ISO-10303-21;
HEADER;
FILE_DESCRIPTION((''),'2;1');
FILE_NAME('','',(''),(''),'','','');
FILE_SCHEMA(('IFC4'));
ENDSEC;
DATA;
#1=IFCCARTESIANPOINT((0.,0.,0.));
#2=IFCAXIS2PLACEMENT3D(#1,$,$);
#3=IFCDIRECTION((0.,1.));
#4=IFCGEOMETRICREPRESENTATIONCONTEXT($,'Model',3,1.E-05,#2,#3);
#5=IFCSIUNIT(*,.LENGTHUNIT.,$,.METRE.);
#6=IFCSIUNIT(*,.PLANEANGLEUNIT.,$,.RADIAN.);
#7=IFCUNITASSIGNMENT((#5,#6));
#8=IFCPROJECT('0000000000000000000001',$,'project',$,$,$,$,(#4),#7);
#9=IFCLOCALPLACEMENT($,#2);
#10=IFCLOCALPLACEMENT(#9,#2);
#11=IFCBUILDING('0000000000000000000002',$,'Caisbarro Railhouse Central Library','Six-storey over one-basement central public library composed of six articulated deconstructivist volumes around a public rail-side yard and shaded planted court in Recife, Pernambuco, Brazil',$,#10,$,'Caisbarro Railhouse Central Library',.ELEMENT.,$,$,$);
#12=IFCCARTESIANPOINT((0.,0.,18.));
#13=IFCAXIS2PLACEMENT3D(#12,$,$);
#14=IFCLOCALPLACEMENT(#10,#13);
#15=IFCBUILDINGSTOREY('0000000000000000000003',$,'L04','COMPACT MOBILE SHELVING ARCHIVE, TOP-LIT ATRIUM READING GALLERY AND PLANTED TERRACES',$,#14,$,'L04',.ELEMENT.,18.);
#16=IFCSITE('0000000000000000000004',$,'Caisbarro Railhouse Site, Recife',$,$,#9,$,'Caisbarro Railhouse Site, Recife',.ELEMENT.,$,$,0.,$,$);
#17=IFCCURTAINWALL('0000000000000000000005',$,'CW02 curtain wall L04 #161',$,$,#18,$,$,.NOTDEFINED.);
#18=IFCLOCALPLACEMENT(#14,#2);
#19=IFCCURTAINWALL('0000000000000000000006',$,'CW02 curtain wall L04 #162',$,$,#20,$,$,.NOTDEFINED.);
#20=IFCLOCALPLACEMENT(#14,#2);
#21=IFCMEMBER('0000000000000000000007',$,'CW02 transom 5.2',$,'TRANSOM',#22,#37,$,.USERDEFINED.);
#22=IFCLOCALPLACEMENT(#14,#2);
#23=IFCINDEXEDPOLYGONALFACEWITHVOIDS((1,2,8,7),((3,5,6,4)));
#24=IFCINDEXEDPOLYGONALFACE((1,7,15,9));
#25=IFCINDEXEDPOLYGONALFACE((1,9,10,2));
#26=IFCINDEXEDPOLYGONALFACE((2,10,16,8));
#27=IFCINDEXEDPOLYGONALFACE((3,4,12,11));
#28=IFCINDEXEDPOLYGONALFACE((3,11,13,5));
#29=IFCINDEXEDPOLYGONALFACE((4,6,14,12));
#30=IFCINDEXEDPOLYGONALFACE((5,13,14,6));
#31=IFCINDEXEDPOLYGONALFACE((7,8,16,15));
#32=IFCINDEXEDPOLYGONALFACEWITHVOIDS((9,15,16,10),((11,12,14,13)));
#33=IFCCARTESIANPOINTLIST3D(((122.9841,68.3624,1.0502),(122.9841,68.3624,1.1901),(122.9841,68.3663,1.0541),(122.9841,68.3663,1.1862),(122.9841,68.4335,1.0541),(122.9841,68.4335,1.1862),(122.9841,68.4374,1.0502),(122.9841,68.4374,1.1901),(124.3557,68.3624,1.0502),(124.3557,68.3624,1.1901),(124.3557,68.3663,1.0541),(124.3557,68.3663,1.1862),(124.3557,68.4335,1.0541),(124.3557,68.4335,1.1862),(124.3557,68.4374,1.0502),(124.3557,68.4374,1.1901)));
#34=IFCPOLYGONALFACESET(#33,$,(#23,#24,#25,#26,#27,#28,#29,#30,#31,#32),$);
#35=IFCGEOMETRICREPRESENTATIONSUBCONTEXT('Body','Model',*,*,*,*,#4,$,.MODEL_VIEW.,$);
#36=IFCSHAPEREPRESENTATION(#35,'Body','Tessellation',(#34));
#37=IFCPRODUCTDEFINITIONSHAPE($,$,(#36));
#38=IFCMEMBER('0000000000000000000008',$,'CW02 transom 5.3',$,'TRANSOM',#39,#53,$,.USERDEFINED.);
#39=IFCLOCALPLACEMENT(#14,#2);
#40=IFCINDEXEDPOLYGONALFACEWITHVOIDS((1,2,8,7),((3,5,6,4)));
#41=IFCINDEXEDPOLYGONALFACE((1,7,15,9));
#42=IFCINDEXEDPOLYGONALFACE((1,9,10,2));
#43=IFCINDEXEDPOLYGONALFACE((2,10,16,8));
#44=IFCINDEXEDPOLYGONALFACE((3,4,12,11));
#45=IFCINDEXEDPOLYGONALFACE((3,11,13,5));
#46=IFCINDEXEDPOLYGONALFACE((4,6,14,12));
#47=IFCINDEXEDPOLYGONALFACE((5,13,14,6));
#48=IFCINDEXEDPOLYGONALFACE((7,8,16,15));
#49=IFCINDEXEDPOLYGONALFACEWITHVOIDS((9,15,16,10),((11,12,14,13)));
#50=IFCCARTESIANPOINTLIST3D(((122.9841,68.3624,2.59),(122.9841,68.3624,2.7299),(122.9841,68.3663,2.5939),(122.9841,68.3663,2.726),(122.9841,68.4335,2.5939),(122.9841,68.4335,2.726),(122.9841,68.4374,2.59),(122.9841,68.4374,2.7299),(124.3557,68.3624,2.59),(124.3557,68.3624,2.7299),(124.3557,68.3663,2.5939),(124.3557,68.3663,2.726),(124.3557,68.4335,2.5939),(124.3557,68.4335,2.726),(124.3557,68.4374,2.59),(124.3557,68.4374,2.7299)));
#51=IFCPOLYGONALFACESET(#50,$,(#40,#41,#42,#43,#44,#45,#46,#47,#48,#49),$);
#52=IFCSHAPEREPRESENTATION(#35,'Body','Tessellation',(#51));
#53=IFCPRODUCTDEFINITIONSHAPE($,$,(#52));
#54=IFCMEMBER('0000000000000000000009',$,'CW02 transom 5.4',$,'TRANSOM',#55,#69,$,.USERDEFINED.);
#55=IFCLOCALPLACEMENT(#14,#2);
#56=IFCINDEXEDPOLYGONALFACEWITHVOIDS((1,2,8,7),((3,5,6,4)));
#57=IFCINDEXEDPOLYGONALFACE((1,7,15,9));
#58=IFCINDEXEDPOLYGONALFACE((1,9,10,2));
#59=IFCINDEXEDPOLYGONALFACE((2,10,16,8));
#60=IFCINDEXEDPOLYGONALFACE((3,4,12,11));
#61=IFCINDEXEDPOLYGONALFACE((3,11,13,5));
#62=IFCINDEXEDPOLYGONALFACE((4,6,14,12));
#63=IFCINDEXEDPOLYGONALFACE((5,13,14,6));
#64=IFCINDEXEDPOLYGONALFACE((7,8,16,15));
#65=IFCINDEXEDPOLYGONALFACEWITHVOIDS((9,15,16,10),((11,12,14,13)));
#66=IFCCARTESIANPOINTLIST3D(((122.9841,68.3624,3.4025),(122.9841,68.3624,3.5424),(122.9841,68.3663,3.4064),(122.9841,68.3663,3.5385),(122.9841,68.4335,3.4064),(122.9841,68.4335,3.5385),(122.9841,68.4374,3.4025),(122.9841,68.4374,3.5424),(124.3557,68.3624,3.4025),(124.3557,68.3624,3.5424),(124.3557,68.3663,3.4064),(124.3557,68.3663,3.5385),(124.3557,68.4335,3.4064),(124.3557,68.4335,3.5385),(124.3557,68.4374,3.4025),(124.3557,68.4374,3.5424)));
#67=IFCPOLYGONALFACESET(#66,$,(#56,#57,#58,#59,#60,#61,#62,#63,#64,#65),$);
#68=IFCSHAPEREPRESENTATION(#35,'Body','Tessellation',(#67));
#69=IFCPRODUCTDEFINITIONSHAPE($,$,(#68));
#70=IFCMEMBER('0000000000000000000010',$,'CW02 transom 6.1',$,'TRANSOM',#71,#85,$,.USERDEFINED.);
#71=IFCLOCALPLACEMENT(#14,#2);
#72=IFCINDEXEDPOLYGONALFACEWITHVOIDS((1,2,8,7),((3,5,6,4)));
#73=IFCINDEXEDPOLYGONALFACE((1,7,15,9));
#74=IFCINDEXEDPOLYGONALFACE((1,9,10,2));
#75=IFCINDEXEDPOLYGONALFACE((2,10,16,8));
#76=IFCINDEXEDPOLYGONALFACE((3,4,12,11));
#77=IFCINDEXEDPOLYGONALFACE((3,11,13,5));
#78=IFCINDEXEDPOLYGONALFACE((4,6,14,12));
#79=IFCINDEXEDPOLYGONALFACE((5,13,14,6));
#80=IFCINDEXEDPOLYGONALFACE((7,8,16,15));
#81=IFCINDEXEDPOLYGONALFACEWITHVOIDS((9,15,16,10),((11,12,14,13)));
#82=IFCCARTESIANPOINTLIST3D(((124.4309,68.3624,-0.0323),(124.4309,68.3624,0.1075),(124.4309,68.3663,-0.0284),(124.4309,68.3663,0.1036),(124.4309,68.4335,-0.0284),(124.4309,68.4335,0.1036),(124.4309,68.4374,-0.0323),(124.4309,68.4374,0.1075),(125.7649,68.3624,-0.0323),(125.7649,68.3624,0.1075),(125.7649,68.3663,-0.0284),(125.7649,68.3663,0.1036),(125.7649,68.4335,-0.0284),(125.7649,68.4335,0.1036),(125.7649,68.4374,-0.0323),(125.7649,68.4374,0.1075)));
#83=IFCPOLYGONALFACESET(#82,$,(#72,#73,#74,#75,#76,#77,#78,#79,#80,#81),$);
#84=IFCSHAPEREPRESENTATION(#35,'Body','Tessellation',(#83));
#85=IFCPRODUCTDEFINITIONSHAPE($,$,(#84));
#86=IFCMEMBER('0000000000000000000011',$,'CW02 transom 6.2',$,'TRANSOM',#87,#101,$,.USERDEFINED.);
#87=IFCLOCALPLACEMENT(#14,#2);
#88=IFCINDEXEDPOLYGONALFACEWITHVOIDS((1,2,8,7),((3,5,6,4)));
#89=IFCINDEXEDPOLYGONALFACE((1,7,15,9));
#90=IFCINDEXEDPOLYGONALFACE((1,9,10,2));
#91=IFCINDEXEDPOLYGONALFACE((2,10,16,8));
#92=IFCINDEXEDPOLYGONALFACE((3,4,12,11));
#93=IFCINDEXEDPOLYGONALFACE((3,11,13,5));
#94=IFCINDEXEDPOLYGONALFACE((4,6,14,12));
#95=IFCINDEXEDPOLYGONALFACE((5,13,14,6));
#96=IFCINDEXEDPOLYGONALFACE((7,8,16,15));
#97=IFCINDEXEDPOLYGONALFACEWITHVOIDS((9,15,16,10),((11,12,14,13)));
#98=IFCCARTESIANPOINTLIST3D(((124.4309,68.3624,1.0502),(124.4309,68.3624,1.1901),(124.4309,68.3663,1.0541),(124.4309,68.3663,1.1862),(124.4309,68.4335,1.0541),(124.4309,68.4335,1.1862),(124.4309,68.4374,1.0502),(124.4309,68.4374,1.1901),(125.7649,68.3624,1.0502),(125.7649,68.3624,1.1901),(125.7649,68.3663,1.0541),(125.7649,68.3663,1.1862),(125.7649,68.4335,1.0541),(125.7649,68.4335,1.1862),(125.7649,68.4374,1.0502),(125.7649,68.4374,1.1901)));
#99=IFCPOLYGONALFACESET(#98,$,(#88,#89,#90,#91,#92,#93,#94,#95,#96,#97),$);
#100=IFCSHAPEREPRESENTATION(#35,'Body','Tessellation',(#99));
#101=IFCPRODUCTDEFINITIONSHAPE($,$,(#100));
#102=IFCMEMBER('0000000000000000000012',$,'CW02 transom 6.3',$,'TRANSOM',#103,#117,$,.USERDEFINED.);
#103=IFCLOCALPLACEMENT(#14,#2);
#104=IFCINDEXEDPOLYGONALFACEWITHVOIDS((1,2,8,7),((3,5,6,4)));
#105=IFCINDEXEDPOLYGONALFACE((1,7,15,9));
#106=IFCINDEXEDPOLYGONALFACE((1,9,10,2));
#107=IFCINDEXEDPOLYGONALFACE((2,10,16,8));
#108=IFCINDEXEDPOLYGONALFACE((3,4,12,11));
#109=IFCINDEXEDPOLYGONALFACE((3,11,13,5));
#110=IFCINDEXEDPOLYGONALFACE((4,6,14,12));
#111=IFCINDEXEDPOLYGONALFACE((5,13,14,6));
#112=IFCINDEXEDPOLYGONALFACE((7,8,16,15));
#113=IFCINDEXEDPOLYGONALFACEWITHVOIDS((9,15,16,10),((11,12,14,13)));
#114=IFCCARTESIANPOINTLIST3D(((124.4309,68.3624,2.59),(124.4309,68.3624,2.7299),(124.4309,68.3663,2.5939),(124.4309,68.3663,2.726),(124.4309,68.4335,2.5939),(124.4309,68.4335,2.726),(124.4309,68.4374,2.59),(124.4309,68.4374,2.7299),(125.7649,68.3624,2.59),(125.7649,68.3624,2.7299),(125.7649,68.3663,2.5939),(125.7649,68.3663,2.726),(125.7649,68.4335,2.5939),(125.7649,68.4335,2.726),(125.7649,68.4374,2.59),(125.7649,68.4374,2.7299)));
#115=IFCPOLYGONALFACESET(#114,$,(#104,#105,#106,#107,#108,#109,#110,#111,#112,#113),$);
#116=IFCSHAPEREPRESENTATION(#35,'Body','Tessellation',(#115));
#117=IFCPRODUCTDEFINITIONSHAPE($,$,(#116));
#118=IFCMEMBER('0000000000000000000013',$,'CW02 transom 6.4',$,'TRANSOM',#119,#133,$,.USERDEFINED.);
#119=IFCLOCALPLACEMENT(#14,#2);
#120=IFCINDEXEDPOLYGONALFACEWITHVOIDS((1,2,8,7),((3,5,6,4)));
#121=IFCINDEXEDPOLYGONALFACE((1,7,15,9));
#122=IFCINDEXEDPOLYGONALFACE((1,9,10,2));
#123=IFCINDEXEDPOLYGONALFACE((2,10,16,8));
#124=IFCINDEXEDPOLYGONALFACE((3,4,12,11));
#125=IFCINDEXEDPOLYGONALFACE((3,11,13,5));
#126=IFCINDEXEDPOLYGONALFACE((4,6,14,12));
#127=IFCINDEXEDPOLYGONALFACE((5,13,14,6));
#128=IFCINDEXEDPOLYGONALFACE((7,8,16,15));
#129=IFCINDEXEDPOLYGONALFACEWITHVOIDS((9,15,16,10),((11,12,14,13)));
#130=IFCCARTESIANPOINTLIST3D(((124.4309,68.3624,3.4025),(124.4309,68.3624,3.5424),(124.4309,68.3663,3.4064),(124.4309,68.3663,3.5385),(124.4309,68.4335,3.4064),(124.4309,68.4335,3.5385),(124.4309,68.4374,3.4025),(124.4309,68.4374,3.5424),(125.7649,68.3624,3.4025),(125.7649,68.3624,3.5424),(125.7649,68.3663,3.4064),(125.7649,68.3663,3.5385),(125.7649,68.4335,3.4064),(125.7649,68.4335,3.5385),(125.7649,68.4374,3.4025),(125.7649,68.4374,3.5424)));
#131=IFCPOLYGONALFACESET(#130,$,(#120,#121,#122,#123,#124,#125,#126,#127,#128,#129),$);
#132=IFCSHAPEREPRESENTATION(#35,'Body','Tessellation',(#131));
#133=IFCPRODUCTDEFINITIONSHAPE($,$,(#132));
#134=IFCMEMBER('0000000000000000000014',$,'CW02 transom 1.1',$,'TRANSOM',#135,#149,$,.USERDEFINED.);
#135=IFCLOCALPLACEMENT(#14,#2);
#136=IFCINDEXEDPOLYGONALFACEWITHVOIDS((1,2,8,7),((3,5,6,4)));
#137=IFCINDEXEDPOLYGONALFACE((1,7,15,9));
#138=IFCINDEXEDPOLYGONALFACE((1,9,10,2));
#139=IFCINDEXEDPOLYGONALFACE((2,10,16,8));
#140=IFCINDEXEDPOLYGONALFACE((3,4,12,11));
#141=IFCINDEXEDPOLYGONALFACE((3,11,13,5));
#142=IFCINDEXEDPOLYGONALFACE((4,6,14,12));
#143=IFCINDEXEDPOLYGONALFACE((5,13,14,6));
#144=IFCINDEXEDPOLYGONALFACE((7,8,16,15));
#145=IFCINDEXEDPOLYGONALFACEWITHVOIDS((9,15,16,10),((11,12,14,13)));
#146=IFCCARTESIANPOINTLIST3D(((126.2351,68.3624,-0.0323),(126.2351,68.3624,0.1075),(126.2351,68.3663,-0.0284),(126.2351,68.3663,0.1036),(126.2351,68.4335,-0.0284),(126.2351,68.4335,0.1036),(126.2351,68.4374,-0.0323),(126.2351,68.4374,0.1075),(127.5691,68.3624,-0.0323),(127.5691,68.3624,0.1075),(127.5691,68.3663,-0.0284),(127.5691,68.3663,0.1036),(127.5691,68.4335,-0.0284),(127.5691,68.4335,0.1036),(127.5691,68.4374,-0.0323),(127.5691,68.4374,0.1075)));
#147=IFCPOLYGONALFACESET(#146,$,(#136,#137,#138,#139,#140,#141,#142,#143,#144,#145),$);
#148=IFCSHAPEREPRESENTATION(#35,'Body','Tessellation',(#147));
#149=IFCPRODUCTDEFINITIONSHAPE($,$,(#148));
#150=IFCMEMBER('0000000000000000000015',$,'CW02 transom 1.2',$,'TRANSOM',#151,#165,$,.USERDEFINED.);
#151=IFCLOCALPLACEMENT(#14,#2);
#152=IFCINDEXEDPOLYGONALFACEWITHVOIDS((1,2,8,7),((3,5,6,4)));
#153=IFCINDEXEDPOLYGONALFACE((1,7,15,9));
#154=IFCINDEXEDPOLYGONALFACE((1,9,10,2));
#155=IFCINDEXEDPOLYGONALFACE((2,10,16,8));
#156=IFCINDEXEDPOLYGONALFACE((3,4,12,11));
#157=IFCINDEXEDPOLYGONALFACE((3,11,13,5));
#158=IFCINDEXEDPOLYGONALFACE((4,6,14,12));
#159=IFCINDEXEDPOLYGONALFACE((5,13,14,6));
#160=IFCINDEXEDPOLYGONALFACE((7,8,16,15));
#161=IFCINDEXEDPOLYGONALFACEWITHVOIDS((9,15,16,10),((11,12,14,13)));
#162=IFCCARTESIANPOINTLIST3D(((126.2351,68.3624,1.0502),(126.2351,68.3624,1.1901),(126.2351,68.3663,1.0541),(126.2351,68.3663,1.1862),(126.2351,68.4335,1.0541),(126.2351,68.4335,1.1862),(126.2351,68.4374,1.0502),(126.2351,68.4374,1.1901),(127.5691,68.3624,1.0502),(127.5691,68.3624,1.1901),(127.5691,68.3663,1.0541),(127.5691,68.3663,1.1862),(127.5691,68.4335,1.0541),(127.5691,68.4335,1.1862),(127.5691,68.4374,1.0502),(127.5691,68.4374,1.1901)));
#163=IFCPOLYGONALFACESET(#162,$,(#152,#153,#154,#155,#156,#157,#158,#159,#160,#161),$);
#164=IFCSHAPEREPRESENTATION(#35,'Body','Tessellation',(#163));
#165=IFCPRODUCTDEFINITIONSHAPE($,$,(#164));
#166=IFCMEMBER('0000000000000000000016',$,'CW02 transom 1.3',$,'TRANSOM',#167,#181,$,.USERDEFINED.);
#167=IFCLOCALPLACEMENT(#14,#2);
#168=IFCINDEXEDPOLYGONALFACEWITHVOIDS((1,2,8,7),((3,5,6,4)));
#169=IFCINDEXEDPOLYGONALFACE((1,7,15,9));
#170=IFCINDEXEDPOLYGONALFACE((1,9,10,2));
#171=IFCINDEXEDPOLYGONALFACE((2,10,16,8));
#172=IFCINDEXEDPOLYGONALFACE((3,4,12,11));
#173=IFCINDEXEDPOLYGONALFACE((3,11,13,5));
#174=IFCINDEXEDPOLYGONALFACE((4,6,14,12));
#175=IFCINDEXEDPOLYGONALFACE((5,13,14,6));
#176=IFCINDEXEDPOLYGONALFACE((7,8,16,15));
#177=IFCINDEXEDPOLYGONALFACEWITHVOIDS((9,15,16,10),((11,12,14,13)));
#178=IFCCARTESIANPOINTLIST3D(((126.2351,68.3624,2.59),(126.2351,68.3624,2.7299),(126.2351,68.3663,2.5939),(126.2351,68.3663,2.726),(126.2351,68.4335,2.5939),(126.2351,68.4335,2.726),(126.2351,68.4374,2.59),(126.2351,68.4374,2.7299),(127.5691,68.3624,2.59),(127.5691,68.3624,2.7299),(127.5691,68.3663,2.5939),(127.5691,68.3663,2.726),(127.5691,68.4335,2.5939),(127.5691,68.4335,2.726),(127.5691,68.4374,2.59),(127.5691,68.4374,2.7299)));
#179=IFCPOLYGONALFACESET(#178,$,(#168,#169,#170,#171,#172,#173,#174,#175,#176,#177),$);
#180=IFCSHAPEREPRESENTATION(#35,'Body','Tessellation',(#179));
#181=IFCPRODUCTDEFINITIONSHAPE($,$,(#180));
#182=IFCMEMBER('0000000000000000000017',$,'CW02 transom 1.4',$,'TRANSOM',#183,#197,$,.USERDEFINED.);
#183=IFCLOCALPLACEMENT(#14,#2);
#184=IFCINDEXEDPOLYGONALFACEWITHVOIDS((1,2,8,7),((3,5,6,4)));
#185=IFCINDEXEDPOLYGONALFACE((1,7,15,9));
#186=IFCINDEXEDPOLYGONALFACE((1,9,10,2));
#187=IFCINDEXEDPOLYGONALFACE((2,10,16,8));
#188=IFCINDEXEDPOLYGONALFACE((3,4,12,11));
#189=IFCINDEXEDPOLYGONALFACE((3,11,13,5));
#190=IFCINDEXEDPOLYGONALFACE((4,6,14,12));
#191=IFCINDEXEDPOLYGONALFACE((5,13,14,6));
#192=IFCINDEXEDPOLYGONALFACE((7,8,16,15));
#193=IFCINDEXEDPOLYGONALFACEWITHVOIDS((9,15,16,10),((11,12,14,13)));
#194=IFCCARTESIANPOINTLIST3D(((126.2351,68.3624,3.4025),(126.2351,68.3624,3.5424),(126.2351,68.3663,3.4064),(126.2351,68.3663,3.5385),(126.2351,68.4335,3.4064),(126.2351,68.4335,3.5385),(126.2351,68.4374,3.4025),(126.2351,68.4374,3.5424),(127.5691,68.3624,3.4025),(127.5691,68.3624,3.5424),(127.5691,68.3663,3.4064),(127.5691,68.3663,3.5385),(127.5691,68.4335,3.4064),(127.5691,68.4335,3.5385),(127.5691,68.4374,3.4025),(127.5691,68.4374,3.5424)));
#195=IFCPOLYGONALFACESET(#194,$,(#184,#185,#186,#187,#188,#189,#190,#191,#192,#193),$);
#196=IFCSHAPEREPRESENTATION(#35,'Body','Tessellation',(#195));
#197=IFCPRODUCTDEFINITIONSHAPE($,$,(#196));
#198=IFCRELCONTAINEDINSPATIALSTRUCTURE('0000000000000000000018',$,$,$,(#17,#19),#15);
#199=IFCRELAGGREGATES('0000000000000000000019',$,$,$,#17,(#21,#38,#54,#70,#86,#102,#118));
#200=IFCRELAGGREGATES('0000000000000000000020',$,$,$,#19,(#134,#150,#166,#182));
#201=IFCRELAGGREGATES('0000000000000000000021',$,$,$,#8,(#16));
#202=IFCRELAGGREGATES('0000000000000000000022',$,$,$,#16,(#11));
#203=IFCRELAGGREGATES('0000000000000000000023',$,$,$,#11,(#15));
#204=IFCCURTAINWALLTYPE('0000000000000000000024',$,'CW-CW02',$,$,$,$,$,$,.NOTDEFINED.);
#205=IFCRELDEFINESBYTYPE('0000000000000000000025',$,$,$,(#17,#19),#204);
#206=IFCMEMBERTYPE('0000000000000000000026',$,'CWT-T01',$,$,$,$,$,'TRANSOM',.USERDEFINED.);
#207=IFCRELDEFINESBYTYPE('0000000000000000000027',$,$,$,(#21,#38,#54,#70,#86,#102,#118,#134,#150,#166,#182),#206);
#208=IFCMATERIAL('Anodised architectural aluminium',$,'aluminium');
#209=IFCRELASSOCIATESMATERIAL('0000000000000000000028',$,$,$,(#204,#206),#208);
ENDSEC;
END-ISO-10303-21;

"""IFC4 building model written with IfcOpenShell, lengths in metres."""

from ifc_helpers import new_model, si_unit, direction, frame, origin, origin_2d, place, context, subcontext, project, spatial, hollow_rectangle, extrude, material, material_profile, profile_set, type_object, element, aggregate, save


model = new_model("IFC4")

# Units and contexts
model_context = context("Model", 3, precision=1e-05, world=origin(), true_north=direction((0.0, 1.0)))
body_context = subcontext(model_context, "Body", "Model", "MODEL_VIEW")
ifc_project = project(units=[si_unit("LENGTHUNIT", "METRE"), si_unit("PLANEANGLEUNIT", "RADIAN")], contexts=[model_context])

# Site, building, storey
site_placement = place(None, origin())
site = spatial("IfcSite", under=ifc_project, at=site_placement, Name="Caisbarro Railhouse Site, Recife", LongName="Caisbarro Railhouse Site, Recife", CompositionType="ELEMENT", RefElevation=0.0)
building_placement = place(site_placement, origin())
building = spatial("IfcBuilding", under=site, at=building_placement, Name="Caisbarro Railhouse Central Library", Description="Six-storey over one-basement central public library composed of six articulated deconstructivist volumes around a public rail-side yard and shaded planted court in Recife, Pernambuco, Brazil", LongName="Caisbarro Railhouse Central Library", CompositionType="ELEMENT")
storey_placement = place(building_placement, frame((0.0, 0.0, 18.0)))
storey = spatial("IfcBuildingStorey", under=building, at=storey_placement, Name="L04", Description="COMPACT MOBILE SHELVING ARCHIVE, TOP-LIT ATRIUM READING GALLERY AND PLANTED TERRACES", LongName="L04", CompositionType="ELEMENT", Elevation=18.0)

# Curtain walls
ifc_material_1 = material(Name="Anodised architectural aluminium", Category="aluminium")
curtain_wall_type = type_object("IfcCurtainWallType", Name="CW-CW02", PredefinedType="NOTDEFINED", material=ifc_material_1)
curtain_wall_1_placement = place(storey_placement, origin())
curtain_wall_1 = element("IfcCurtainWall", 1, at=curtain_wall_1_placement, inside=storey, type_object=curtain_wall_type, Name="CW02 curtain wall L04 #161", PredefinedType="NOTDEFINED")
curtain_wall_2_placement = place(storey_placement, origin())
curtain_wall_2 = element("IfcCurtainWall", 2, at=curtain_wall_2_placement, inside=storey, type_object=curtain_wall_type, Name="CW02 curtain wall L04 #162", PredefinedType="NOTDEFINED")

# Members
ifc_material_profile_1 = material_profile(ifc_material_1, hollow_rectangle(XDim=0.075, YDim=0.1399, WallThickness=0.0039, at=origin_2d()), Name="ALU-TRN-75X140")
ifc_profile_set_1 = profile_set([ifc_material_profile_1], Name="Anodised architectural aluminium")
member_type_1 = type_object("IfcMemberType", Name="CWT-T01", ElementType="TRANSOM", PredefinedType="USERDEFINED", material=ifc_profile_set_1)
member_1_placement = place(storey_placement, frame((122.9841, 68.3999, 1.1201), z_axis=(1.0, 0.0, 0.0), x_axis=(0.0, 1.0, 0.0)))
member_1 = element("IfcMember", 3, at=member_1_placement, type_object=member_type_1, Name="CW02 transom 5.2", ObjectType="TRANSOM", PredefinedType="USERDEFINED", context=body_context, shape_type="SweptSolid", body=[
    extrude(hollow_rectangle(XDim=0.075, YDim=0.1399, WallThickness=0.0039, at=origin_2d()), origin(), (0.0, 0.0, 1.0), 1.3716),
])
member_2_placement = place(storey_placement, frame((122.9841, 68.3999, 2.6599), z_axis=(1.0, 0.0, 0.0), x_axis=(0.0, 1.0, 0.0)))
member_2 = element("IfcMember", 4, at=member_2_placement, type_object=member_type_1, Name="CW02 transom 5.3", ObjectType="TRANSOM", PredefinedType="USERDEFINED", context=body_context, shape_type="SweptSolid", body=[
    extrude(hollow_rectangle(XDim=0.075, YDim=0.1399, WallThickness=0.0039, at=origin_2d()), origin(), (0.0, 0.0, 1.0), 1.3716),
])
member_3_placement = place(storey_placement, frame((122.9841, 68.3999, 3.4724), z_axis=(1.0, 0.0, 0.0), x_axis=(0.0, 1.0, 0.0)))
member_3 = element("IfcMember", 5, at=member_3_placement, type_object=member_type_1, Name="CW02 transom 5.4", ObjectType="TRANSOM", PredefinedType="USERDEFINED", context=body_context, shape_type="SweptSolid", body=[
    extrude(hollow_rectangle(XDim=0.075, YDim=0.1399, WallThickness=0.0039, at=origin_2d()), origin(), (0.0, 0.0, 1.0), 1.3716),
])
member_4_placement = place(storey_placement, frame((124.4309, 68.3999, 0.0376), z_axis=(1.0, 0.0, 0.0), x_axis=(0.0, 1.0, 0.0)))
member_4 = element("IfcMember", 6, at=member_4_placement, type_object=member_type_1, Name="CW02 transom 6.1", ObjectType="TRANSOM", PredefinedType="USERDEFINED", context=body_context, shape_type="SweptSolid", body=[
    extrude(hollow_rectangle(XDim=0.075, YDim=0.1399, WallThickness=0.0039, at=origin_2d()), origin(), (0.0, 0.0, 1.0), 1.334),
])
member_5_placement = place(storey_placement, frame((124.4309, 68.3999, 1.1201), z_axis=(1.0, 0.0, 0.0), x_axis=(0.0, 1.0, 0.0)))
member_5 = element("IfcMember", 7, at=member_5_placement, type_object=member_type_1, Name="CW02 transom 6.2", ObjectType="TRANSOM", PredefinedType="USERDEFINED", context=body_context, shape_type="SweptSolid", body=[
    extrude(hollow_rectangle(XDim=0.075, YDim=0.1399, WallThickness=0.0039, at=origin_2d()), origin(), (0.0, 0.0, 1.0), 1.334),
])
member_6_placement = place(storey_placement, frame((124.4309, 68.3999, 2.6599), z_axis=(1.0, 0.0, 0.0), x_axis=(0.0, 1.0, 0.0)))
member_6 = element("IfcMember", 8, at=member_6_placement, type_object=member_type_1, Name="CW02 transom 6.3", ObjectType="TRANSOM", PredefinedType="USERDEFINED", context=body_context, shape_type="SweptSolid", body=[
    extrude(hollow_rectangle(XDim=0.075, YDim=0.1399, WallThickness=0.0039, at=origin_2d()), origin(), (0.0, 0.0, 1.0), 1.334),
])
member_7_placement = place(storey_placement, frame((124.4309, 68.3999, 3.4724), z_axis=(1.0, 0.0, 0.0), x_axis=(0.0, 1.0, 0.0)))
member_7 = element("IfcMember", 9, at=member_7_placement, type_object=member_type_1, Name="CW02 transom 6.4", ObjectType="TRANSOM", PredefinedType="USERDEFINED", context=body_context, shape_type="SweptSolid", body=[
    extrude(hollow_rectangle(XDim=0.075, YDim=0.1399, WallThickness=0.0039, at=origin_2d()), origin(), (0.0, 0.0, 1.0), 1.334),
])
member_8_placement = place(storey_placement, frame((126.2351, 68.3999, 0.0376), z_axis=(1.0, 0.0, 0.0), x_axis=(0.0, 1.0, 0.0)))
member_8 = element("IfcMember", 10, at=member_8_placement, type_object=member_type_1, Name="CW02 transom 1.1", ObjectType="TRANSOM", PredefinedType="USERDEFINED", context=body_context, shape_type="SweptSolid", body=[
    extrude(hollow_rectangle(XDim=0.075, YDim=0.1399, WallThickness=0.0039, at=origin_2d()), origin(), (0.0, 0.0, 1.0), 1.334),
])
member_9_placement = place(storey_placement, frame((126.2351, 68.3999, 1.1201), z_axis=(1.0, 0.0, 0.0), x_axis=(0.0, 1.0, 0.0)))
member_9 = element("IfcMember", 11, at=member_9_placement, type_object=member_type_1, Name="CW02 transom 1.2", ObjectType="TRANSOM", PredefinedType="USERDEFINED", context=body_context, shape_type="SweptSolid", body=[
    extrude(hollow_rectangle(XDim=0.075, YDim=0.1399, WallThickness=0.0039, at=origin_2d()), origin(), (0.0, 0.0, 1.0), 1.334),
])
member_10_placement = place(storey_placement, frame((126.2351, 68.3999, 2.6599), z_axis=(1.0, 0.0, 0.0), x_axis=(0.0, 1.0, 0.0)))
member_10 = element("IfcMember", 12, at=member_10_placement, type_object=member_type_1, Name="CW02 transom 1.3", ObjectType="TRANSOM", PredefinedType="USERDEFINED", context=body_context, shape_type="SweptSolid", body=[
    extrude(hollow_rectangle(XDim=0.075, YDim=0.1399, WallThickness=0.0039, at=origin_2d()), origin(), (0.0, 0.0, 1.0), 1.334),
])
member_11_placement = place(storey_placement, frame((126.2351, 68.3999, 3.4724), z_axis=(1.0, 0.0, 0.0), x_axis=(0.0, 1.0, 0.0)))
member_11 = element("IfcMember", 13, at=member_11_placement, type_object=member_type_1, Name="CW02 transom 1.4", ObjectType="TRANSOM", PredefinedType="USERDEFINED", context=body_context, shape_type="SweptSolid", body=[
    extrude(hollow_rectangle(XDim=0.075, YDim=0.1399, WallThickness=0.0039, at=origin_2d()), origin(), (0.0, 0.0, 1.0), 1.334),
])

aggregate(curtain_wall_1, [member_1, member_2, member_3, member_4, member_5, member_6, member_7])
aggregate(curtain_wall_2, [member_8, member_9, member_10, member_11])

save(model, "model.ifc")
